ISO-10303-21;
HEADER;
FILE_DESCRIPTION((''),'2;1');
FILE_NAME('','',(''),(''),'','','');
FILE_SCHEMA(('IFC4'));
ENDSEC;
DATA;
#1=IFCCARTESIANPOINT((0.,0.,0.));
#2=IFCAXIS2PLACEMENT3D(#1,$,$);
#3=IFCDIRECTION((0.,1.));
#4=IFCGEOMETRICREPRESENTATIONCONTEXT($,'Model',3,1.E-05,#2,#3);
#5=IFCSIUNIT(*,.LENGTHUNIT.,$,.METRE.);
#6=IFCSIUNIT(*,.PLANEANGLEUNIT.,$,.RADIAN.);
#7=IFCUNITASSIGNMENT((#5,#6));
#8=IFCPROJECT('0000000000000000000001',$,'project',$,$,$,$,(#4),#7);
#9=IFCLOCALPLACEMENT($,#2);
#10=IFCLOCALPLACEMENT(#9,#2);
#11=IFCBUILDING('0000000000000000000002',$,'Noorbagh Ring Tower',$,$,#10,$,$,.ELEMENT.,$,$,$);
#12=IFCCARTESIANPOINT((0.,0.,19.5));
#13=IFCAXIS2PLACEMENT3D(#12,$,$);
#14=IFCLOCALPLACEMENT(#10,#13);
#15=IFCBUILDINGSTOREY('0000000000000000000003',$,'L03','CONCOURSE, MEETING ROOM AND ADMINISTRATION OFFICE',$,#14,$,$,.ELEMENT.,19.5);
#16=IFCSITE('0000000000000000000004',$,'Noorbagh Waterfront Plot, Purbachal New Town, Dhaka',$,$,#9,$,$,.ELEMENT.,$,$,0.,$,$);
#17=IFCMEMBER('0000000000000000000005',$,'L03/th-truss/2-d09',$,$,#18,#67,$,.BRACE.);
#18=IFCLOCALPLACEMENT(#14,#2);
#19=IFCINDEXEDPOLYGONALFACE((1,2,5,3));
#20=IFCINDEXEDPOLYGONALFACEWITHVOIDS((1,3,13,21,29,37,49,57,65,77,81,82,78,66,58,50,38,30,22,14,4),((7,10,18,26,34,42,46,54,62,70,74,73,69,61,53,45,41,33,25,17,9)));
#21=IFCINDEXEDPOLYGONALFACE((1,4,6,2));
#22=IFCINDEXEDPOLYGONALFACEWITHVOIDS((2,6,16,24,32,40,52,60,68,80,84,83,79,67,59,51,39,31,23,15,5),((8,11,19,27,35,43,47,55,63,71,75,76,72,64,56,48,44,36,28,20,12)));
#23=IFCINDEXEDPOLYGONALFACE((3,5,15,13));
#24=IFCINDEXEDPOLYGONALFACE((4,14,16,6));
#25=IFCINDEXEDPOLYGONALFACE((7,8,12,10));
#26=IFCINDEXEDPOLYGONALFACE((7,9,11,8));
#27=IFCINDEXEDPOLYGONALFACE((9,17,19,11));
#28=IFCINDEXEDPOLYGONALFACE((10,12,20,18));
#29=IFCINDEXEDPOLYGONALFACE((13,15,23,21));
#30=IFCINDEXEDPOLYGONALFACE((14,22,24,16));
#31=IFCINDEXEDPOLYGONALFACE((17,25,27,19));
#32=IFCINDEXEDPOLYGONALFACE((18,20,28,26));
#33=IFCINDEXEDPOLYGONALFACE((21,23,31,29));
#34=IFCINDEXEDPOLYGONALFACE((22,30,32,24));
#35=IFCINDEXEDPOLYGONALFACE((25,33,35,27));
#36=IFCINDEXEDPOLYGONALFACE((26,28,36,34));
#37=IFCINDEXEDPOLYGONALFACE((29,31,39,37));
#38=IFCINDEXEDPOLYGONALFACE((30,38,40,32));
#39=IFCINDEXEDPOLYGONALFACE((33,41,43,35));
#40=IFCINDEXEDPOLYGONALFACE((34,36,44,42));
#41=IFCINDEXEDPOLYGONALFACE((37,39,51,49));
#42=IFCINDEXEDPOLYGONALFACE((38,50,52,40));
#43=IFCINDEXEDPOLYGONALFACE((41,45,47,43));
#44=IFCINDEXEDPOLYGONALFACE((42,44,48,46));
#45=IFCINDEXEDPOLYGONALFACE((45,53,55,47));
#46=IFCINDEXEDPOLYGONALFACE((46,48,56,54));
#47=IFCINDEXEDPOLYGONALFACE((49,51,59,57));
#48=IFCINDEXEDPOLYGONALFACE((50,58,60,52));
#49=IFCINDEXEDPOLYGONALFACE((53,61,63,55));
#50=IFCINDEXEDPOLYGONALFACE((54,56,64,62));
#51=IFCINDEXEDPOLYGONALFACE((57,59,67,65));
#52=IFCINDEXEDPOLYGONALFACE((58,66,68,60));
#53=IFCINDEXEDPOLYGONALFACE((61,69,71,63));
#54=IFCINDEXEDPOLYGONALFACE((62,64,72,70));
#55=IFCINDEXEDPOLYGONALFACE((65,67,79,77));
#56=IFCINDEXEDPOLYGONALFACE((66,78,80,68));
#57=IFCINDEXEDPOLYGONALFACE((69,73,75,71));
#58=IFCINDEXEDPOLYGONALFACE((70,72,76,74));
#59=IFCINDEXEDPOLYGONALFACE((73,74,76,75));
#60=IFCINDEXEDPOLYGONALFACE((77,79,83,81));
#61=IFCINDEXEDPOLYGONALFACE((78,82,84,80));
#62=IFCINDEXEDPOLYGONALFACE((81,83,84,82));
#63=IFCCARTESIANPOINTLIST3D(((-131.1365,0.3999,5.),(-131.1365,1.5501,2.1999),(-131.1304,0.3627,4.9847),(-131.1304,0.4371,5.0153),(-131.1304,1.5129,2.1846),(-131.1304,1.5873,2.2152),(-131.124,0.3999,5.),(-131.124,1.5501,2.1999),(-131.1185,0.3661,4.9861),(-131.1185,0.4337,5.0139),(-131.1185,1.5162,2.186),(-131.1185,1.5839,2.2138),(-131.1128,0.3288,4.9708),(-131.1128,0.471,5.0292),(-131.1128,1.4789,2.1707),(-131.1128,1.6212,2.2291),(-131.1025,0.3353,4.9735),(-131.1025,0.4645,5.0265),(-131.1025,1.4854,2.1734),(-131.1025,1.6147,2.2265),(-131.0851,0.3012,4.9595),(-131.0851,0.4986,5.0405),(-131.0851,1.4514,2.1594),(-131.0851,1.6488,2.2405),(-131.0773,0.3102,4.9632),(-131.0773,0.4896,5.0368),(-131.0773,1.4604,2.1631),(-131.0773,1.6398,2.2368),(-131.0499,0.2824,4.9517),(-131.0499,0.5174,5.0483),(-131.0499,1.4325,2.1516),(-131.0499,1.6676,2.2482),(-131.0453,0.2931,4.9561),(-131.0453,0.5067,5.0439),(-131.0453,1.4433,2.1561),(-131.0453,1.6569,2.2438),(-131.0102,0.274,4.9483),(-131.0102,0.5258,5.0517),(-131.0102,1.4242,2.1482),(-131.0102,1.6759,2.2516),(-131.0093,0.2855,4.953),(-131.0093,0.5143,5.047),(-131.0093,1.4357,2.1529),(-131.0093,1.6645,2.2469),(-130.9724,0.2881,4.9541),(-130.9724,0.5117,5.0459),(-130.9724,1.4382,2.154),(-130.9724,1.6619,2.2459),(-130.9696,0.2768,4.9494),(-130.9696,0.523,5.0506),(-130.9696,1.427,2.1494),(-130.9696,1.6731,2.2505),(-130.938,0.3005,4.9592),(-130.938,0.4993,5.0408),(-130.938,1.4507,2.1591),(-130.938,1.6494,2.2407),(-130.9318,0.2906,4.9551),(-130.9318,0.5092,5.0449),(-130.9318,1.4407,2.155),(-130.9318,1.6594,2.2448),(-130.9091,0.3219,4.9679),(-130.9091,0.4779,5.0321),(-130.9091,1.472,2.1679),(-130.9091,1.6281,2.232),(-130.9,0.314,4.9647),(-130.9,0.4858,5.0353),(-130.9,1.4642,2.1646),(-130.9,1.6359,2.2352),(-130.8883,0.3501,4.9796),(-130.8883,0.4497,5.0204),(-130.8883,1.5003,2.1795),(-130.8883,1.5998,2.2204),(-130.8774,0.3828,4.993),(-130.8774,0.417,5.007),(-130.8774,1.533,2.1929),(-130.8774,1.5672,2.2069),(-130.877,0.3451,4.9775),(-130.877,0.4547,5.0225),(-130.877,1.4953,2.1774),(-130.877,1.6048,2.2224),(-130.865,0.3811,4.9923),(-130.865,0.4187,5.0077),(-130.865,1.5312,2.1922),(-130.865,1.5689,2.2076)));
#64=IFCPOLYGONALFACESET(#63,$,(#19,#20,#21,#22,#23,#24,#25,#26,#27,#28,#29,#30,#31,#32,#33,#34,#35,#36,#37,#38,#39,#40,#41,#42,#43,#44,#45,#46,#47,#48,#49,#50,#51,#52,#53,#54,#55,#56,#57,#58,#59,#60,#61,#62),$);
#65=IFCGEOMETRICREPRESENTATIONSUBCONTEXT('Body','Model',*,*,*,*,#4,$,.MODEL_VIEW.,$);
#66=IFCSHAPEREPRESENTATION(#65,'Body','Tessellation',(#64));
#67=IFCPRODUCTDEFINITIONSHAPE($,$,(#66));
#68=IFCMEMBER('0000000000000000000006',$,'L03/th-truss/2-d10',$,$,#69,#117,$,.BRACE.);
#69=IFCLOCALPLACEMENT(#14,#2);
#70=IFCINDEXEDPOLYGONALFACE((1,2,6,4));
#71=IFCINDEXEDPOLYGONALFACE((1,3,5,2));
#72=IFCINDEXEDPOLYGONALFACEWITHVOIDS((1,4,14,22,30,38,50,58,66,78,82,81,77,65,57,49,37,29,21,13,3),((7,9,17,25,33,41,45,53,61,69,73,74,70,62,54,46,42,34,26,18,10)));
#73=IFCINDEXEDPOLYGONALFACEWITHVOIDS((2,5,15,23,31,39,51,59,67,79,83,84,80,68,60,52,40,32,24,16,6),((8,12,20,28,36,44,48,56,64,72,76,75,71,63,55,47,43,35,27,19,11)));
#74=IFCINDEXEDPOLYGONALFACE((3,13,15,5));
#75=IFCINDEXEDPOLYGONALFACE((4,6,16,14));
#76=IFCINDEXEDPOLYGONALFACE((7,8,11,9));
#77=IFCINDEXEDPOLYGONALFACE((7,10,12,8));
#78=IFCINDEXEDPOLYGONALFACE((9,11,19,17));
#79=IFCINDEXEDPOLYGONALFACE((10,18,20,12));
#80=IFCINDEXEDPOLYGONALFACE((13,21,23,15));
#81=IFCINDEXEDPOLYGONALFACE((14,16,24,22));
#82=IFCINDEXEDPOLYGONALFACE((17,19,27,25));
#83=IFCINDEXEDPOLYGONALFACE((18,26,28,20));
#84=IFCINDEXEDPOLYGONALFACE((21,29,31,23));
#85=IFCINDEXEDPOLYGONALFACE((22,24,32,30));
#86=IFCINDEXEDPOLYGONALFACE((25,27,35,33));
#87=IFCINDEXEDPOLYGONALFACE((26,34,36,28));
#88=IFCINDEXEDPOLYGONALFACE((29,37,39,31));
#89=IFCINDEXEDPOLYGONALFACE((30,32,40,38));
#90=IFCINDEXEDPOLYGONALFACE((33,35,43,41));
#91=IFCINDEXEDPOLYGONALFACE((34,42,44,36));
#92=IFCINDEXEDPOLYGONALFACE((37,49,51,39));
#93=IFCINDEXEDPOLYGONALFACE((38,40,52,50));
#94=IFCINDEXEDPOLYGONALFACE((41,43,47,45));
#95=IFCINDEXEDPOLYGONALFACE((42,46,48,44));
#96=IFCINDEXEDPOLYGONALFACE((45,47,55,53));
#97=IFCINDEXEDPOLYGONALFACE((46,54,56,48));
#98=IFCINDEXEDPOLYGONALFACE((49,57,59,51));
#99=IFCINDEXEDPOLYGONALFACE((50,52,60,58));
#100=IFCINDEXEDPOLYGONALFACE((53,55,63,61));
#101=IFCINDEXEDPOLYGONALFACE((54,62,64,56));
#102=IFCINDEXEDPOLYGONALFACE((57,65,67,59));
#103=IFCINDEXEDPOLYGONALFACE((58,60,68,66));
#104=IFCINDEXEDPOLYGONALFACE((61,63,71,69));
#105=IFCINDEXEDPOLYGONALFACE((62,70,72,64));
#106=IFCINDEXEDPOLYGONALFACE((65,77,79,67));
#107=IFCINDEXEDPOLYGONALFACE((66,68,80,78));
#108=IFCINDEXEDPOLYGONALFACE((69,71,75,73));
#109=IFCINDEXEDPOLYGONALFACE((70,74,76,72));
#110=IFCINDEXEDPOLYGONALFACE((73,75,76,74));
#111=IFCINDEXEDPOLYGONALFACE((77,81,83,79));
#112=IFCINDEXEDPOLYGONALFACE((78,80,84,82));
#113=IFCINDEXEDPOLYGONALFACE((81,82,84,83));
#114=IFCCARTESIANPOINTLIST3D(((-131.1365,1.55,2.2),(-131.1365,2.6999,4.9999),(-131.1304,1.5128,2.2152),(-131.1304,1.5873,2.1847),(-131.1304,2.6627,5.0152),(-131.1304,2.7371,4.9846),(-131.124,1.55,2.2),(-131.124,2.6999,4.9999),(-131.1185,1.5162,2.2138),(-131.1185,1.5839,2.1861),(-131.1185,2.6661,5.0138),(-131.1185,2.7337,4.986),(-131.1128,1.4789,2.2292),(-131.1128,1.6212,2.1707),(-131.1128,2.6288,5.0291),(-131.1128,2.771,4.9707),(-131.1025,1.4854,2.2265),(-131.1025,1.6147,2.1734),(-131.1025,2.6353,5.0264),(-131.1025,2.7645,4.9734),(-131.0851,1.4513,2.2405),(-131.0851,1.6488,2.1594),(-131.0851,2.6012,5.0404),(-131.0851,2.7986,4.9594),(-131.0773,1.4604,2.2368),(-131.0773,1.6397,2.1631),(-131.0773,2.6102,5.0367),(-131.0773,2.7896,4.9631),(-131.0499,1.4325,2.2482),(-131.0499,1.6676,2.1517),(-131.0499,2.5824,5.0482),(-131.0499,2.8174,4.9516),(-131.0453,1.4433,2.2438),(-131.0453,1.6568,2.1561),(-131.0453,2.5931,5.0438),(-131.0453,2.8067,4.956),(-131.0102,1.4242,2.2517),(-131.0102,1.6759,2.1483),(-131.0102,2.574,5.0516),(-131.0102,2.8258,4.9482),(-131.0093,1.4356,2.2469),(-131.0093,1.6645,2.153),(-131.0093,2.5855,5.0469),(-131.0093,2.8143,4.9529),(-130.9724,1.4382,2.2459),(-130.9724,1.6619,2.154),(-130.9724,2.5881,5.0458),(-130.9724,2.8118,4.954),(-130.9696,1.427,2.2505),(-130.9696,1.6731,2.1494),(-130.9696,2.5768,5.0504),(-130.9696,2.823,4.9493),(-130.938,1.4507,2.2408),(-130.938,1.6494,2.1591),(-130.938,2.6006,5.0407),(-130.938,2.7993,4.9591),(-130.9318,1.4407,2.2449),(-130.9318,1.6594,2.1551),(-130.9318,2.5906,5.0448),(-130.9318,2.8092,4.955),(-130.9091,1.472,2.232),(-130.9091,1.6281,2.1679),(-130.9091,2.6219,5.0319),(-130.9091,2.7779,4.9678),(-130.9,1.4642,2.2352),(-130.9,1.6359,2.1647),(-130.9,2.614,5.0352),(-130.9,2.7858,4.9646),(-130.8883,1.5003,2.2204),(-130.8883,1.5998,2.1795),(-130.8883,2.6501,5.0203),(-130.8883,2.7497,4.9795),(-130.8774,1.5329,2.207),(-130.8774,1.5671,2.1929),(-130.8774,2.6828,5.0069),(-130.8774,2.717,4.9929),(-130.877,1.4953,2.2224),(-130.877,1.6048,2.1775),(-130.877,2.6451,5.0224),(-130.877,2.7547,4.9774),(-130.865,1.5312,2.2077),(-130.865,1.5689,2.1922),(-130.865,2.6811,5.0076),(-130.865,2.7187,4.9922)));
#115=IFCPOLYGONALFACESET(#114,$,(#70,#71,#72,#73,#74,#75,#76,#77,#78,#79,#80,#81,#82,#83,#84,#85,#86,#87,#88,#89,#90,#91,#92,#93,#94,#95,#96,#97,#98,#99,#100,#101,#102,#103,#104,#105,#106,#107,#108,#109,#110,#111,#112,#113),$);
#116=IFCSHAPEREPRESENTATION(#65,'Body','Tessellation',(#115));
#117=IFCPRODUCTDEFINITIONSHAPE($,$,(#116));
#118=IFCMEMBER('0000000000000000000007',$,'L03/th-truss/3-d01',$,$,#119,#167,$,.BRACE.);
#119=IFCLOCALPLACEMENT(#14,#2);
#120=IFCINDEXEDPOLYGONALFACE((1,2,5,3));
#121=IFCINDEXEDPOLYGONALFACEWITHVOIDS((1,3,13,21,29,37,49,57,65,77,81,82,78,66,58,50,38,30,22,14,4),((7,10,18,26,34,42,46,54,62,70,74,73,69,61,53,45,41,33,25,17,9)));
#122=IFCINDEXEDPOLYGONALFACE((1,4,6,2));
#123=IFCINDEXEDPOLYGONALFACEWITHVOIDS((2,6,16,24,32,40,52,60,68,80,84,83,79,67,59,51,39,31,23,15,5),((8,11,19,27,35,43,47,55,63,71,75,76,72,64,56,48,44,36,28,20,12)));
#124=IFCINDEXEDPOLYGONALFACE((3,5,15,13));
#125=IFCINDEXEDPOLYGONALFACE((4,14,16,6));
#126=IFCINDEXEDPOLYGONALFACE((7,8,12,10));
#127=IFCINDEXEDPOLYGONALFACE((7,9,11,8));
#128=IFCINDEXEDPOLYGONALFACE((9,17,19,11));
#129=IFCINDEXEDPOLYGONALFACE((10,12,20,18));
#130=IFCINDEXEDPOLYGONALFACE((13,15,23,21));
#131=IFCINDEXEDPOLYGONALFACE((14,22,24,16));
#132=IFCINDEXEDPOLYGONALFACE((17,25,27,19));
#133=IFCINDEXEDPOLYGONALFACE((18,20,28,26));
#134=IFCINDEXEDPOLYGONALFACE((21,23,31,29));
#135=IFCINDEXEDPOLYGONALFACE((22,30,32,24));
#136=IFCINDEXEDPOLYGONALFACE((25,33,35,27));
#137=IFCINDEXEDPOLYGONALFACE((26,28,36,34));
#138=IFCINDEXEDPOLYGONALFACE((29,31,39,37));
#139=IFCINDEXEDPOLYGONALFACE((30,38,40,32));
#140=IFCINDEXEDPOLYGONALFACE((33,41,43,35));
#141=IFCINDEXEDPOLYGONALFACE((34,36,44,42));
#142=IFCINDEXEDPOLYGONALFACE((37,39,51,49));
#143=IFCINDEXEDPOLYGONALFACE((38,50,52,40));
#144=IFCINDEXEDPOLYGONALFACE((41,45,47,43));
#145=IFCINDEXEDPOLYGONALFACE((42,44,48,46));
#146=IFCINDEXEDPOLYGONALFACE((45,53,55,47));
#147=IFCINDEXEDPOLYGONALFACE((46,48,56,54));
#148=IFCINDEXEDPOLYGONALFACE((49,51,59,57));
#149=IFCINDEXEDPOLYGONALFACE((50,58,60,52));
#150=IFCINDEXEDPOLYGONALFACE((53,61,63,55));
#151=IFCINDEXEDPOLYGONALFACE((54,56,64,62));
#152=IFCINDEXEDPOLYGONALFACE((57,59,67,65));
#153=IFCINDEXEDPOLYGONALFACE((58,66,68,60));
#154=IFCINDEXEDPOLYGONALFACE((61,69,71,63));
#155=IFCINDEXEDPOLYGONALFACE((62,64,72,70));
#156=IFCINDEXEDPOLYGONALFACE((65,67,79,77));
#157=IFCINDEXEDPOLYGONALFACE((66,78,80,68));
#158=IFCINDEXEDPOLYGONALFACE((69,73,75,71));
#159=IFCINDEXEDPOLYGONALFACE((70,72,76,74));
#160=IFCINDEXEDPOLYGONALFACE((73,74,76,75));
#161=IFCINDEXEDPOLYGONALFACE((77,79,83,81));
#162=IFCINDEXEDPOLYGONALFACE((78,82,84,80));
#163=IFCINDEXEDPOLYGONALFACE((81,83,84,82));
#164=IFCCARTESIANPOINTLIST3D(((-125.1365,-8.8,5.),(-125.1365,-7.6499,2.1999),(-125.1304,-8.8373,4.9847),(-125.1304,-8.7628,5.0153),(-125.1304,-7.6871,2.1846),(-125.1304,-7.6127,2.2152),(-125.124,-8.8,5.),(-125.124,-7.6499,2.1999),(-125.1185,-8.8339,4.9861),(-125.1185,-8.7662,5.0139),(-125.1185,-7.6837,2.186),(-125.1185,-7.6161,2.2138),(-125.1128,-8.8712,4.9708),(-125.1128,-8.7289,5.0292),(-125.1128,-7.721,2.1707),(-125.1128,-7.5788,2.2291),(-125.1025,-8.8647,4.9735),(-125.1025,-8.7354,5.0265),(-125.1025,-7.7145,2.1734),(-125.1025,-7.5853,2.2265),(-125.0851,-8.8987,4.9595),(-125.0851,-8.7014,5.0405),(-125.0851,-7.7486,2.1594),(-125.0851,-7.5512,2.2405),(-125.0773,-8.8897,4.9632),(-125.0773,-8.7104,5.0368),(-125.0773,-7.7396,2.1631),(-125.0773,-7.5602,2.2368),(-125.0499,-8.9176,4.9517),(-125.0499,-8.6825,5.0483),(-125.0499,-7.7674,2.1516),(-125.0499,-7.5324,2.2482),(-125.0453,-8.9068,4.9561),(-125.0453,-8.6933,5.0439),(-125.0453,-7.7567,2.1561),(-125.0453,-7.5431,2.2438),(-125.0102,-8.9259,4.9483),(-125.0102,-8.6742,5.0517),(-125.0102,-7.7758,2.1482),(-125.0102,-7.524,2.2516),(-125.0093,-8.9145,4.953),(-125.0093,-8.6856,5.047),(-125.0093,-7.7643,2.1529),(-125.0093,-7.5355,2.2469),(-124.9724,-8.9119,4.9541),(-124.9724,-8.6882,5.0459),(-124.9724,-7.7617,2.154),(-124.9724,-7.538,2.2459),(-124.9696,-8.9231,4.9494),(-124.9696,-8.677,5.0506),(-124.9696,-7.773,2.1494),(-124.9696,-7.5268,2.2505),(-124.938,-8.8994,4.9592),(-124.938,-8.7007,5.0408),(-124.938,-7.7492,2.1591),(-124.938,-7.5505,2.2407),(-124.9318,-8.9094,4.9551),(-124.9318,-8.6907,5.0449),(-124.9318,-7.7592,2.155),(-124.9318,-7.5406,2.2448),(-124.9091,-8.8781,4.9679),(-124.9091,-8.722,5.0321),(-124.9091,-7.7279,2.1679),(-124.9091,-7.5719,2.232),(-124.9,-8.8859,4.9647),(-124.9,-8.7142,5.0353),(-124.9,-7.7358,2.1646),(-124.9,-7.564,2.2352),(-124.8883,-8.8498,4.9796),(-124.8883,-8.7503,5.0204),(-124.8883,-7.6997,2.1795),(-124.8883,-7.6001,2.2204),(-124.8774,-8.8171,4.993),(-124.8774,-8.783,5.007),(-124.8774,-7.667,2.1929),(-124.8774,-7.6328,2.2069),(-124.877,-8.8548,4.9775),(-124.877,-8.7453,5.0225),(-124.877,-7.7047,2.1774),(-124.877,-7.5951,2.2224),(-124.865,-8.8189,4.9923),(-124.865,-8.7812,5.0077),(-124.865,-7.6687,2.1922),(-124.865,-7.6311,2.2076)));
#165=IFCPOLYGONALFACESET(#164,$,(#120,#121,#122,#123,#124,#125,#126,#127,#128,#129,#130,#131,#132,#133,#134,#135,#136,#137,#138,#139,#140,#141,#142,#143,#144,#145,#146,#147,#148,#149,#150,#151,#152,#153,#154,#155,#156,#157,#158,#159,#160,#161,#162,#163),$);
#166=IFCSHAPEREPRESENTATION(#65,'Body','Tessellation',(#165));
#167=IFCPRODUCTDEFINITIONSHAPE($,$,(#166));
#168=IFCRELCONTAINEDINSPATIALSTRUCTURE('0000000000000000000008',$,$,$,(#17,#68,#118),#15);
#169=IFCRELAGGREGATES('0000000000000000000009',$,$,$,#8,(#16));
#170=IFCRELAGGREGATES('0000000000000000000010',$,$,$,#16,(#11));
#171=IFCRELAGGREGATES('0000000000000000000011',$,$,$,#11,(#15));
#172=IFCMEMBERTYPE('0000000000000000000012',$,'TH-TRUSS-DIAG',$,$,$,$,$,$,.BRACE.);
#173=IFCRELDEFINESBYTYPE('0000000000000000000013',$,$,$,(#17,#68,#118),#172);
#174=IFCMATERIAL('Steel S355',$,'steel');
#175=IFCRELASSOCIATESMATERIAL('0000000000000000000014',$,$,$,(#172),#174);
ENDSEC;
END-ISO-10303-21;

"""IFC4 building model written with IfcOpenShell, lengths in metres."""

from ifc_helpers import new_model, si_unit, direction, frame, origin, origin_2d, place, context, subcontext, project, spatial, hollow_circle, extrude, material, material_profile, profile_set, type_object, element, save


model = new_model("IFC4")

# Units and contexts
model_context = context("Model", 3, precision=1e-05, world=origin(), true_north=direction((0.0, 1.0)))
body_context = subcontext(model_context, "Body", "Model", "MODEL_VIEW")
ifc_project = project(units=[si_unit("LENGTHUNIT", "METRE"), si_unit("PLANEANGLEUNIT", "RADIAN")], contexts=[model_context])

# Site, building, storey
site_placement = place(None, origin())
site = spatial("IfcSite", under=ifc_project, at=site_placement, Name="Noorbagh Waterfront Plot, Purbachal New Town, Dhaka", CompositionType="ELEMENT", RefElevation=0.0)
building_placement = place(site_placement, origin())
building = spatial("IfcBuilding", under=site, at=building_placement, Name="Noorbagh Ring Tower", CompositionType="ELEMENT")
storey_placement = place(building_placement, frame((0.0, 0.0, 19.5)))
storey = spatial("IfcBuildingStorey", under=building, at=storey_placement, Name="L03", Description="CONCOURSE, MEETING ROOM AND ADMINISTRATION OFFICE", CompositionType="ELEMENT", Elevation=19.5)

# Members
ifc_material_1 = material(Name="Steel S355", Category="steel")
ifc_material_profile_1 = material_profile(ifc_material_1, hollow_circle(Radius=0.1365, WallThickness=0.0125, at=origin_2d()), Name="CHS273x12.5")
ifc_profile_set_1 = profile_set([ifc_material_profile_1], Name="Steel S355")
member_type = type_object("IfcMemberType", Name="TH-TRUSS-DIAG", PredefinedType="BRACE", material=ifc_profile_set_1)
member_1_placement = place(storey_placement, frame((-131.0, 0.3999, 5.0), z_axis=(0.0, 0.379955, -0.925005), x_axis=(-1.0, 0.0, 0.0)))
element("IfcMember", 1, at=member_1_placement, inside=storey, type_object=member_type, Name="L03/th-truss/2-d09", PredefinedType="BRACE", context=body_context, shape_type="SweptSolid", body=[
    extrude(hollow_circle(Radius=0.1365, WallThickness=0.0125, at=origin_2d()), origin(), (0.0, 0.0, 1.0), 3.0271),
])
member_2_placement = place(storey_placement, frame((-131.0, 1.55, 2.2), z_axis=(0.0, 0.379886, 0.925033), x_axis=(-1.0, 0.0, 0.0)))
element("IfcMember", 2, at=member_2_placement, inside=storey, type_object=member_type, Name="L03/th-truss/2-d10", PredefinedType="BRACE", context=body_context, shape_type="SweptSolid", body=[
    extrude(hollow_circle(Radius=0.1365, WallThickness=0.0125, at=origin_2d()), origin(), (0.0, 0.0, 1.0), 3.0269),
])
member_3_placement = place(storey_placement, frame((-125.0, -8.8, 5.0), z_axis=(0.0, 0.379955, -0.925005), x_axis=(-1.0, 0.0, 0.0)))
element("IfcMember", 3, at=member_3_placement, inside=storey, type_object=member_type, Name="L03/th-truss/3-d01", PredefinedType="BRACE", context=body_context, shape_type="SweptSolid", body=[
    extrude(hollow_circle(Radius=0.1365, WallThickness=0.0125, at=origin_2d()), origin(), (0.0, 0.0, 1.0), 3.0271),
])

save(model, "model.ifc")
